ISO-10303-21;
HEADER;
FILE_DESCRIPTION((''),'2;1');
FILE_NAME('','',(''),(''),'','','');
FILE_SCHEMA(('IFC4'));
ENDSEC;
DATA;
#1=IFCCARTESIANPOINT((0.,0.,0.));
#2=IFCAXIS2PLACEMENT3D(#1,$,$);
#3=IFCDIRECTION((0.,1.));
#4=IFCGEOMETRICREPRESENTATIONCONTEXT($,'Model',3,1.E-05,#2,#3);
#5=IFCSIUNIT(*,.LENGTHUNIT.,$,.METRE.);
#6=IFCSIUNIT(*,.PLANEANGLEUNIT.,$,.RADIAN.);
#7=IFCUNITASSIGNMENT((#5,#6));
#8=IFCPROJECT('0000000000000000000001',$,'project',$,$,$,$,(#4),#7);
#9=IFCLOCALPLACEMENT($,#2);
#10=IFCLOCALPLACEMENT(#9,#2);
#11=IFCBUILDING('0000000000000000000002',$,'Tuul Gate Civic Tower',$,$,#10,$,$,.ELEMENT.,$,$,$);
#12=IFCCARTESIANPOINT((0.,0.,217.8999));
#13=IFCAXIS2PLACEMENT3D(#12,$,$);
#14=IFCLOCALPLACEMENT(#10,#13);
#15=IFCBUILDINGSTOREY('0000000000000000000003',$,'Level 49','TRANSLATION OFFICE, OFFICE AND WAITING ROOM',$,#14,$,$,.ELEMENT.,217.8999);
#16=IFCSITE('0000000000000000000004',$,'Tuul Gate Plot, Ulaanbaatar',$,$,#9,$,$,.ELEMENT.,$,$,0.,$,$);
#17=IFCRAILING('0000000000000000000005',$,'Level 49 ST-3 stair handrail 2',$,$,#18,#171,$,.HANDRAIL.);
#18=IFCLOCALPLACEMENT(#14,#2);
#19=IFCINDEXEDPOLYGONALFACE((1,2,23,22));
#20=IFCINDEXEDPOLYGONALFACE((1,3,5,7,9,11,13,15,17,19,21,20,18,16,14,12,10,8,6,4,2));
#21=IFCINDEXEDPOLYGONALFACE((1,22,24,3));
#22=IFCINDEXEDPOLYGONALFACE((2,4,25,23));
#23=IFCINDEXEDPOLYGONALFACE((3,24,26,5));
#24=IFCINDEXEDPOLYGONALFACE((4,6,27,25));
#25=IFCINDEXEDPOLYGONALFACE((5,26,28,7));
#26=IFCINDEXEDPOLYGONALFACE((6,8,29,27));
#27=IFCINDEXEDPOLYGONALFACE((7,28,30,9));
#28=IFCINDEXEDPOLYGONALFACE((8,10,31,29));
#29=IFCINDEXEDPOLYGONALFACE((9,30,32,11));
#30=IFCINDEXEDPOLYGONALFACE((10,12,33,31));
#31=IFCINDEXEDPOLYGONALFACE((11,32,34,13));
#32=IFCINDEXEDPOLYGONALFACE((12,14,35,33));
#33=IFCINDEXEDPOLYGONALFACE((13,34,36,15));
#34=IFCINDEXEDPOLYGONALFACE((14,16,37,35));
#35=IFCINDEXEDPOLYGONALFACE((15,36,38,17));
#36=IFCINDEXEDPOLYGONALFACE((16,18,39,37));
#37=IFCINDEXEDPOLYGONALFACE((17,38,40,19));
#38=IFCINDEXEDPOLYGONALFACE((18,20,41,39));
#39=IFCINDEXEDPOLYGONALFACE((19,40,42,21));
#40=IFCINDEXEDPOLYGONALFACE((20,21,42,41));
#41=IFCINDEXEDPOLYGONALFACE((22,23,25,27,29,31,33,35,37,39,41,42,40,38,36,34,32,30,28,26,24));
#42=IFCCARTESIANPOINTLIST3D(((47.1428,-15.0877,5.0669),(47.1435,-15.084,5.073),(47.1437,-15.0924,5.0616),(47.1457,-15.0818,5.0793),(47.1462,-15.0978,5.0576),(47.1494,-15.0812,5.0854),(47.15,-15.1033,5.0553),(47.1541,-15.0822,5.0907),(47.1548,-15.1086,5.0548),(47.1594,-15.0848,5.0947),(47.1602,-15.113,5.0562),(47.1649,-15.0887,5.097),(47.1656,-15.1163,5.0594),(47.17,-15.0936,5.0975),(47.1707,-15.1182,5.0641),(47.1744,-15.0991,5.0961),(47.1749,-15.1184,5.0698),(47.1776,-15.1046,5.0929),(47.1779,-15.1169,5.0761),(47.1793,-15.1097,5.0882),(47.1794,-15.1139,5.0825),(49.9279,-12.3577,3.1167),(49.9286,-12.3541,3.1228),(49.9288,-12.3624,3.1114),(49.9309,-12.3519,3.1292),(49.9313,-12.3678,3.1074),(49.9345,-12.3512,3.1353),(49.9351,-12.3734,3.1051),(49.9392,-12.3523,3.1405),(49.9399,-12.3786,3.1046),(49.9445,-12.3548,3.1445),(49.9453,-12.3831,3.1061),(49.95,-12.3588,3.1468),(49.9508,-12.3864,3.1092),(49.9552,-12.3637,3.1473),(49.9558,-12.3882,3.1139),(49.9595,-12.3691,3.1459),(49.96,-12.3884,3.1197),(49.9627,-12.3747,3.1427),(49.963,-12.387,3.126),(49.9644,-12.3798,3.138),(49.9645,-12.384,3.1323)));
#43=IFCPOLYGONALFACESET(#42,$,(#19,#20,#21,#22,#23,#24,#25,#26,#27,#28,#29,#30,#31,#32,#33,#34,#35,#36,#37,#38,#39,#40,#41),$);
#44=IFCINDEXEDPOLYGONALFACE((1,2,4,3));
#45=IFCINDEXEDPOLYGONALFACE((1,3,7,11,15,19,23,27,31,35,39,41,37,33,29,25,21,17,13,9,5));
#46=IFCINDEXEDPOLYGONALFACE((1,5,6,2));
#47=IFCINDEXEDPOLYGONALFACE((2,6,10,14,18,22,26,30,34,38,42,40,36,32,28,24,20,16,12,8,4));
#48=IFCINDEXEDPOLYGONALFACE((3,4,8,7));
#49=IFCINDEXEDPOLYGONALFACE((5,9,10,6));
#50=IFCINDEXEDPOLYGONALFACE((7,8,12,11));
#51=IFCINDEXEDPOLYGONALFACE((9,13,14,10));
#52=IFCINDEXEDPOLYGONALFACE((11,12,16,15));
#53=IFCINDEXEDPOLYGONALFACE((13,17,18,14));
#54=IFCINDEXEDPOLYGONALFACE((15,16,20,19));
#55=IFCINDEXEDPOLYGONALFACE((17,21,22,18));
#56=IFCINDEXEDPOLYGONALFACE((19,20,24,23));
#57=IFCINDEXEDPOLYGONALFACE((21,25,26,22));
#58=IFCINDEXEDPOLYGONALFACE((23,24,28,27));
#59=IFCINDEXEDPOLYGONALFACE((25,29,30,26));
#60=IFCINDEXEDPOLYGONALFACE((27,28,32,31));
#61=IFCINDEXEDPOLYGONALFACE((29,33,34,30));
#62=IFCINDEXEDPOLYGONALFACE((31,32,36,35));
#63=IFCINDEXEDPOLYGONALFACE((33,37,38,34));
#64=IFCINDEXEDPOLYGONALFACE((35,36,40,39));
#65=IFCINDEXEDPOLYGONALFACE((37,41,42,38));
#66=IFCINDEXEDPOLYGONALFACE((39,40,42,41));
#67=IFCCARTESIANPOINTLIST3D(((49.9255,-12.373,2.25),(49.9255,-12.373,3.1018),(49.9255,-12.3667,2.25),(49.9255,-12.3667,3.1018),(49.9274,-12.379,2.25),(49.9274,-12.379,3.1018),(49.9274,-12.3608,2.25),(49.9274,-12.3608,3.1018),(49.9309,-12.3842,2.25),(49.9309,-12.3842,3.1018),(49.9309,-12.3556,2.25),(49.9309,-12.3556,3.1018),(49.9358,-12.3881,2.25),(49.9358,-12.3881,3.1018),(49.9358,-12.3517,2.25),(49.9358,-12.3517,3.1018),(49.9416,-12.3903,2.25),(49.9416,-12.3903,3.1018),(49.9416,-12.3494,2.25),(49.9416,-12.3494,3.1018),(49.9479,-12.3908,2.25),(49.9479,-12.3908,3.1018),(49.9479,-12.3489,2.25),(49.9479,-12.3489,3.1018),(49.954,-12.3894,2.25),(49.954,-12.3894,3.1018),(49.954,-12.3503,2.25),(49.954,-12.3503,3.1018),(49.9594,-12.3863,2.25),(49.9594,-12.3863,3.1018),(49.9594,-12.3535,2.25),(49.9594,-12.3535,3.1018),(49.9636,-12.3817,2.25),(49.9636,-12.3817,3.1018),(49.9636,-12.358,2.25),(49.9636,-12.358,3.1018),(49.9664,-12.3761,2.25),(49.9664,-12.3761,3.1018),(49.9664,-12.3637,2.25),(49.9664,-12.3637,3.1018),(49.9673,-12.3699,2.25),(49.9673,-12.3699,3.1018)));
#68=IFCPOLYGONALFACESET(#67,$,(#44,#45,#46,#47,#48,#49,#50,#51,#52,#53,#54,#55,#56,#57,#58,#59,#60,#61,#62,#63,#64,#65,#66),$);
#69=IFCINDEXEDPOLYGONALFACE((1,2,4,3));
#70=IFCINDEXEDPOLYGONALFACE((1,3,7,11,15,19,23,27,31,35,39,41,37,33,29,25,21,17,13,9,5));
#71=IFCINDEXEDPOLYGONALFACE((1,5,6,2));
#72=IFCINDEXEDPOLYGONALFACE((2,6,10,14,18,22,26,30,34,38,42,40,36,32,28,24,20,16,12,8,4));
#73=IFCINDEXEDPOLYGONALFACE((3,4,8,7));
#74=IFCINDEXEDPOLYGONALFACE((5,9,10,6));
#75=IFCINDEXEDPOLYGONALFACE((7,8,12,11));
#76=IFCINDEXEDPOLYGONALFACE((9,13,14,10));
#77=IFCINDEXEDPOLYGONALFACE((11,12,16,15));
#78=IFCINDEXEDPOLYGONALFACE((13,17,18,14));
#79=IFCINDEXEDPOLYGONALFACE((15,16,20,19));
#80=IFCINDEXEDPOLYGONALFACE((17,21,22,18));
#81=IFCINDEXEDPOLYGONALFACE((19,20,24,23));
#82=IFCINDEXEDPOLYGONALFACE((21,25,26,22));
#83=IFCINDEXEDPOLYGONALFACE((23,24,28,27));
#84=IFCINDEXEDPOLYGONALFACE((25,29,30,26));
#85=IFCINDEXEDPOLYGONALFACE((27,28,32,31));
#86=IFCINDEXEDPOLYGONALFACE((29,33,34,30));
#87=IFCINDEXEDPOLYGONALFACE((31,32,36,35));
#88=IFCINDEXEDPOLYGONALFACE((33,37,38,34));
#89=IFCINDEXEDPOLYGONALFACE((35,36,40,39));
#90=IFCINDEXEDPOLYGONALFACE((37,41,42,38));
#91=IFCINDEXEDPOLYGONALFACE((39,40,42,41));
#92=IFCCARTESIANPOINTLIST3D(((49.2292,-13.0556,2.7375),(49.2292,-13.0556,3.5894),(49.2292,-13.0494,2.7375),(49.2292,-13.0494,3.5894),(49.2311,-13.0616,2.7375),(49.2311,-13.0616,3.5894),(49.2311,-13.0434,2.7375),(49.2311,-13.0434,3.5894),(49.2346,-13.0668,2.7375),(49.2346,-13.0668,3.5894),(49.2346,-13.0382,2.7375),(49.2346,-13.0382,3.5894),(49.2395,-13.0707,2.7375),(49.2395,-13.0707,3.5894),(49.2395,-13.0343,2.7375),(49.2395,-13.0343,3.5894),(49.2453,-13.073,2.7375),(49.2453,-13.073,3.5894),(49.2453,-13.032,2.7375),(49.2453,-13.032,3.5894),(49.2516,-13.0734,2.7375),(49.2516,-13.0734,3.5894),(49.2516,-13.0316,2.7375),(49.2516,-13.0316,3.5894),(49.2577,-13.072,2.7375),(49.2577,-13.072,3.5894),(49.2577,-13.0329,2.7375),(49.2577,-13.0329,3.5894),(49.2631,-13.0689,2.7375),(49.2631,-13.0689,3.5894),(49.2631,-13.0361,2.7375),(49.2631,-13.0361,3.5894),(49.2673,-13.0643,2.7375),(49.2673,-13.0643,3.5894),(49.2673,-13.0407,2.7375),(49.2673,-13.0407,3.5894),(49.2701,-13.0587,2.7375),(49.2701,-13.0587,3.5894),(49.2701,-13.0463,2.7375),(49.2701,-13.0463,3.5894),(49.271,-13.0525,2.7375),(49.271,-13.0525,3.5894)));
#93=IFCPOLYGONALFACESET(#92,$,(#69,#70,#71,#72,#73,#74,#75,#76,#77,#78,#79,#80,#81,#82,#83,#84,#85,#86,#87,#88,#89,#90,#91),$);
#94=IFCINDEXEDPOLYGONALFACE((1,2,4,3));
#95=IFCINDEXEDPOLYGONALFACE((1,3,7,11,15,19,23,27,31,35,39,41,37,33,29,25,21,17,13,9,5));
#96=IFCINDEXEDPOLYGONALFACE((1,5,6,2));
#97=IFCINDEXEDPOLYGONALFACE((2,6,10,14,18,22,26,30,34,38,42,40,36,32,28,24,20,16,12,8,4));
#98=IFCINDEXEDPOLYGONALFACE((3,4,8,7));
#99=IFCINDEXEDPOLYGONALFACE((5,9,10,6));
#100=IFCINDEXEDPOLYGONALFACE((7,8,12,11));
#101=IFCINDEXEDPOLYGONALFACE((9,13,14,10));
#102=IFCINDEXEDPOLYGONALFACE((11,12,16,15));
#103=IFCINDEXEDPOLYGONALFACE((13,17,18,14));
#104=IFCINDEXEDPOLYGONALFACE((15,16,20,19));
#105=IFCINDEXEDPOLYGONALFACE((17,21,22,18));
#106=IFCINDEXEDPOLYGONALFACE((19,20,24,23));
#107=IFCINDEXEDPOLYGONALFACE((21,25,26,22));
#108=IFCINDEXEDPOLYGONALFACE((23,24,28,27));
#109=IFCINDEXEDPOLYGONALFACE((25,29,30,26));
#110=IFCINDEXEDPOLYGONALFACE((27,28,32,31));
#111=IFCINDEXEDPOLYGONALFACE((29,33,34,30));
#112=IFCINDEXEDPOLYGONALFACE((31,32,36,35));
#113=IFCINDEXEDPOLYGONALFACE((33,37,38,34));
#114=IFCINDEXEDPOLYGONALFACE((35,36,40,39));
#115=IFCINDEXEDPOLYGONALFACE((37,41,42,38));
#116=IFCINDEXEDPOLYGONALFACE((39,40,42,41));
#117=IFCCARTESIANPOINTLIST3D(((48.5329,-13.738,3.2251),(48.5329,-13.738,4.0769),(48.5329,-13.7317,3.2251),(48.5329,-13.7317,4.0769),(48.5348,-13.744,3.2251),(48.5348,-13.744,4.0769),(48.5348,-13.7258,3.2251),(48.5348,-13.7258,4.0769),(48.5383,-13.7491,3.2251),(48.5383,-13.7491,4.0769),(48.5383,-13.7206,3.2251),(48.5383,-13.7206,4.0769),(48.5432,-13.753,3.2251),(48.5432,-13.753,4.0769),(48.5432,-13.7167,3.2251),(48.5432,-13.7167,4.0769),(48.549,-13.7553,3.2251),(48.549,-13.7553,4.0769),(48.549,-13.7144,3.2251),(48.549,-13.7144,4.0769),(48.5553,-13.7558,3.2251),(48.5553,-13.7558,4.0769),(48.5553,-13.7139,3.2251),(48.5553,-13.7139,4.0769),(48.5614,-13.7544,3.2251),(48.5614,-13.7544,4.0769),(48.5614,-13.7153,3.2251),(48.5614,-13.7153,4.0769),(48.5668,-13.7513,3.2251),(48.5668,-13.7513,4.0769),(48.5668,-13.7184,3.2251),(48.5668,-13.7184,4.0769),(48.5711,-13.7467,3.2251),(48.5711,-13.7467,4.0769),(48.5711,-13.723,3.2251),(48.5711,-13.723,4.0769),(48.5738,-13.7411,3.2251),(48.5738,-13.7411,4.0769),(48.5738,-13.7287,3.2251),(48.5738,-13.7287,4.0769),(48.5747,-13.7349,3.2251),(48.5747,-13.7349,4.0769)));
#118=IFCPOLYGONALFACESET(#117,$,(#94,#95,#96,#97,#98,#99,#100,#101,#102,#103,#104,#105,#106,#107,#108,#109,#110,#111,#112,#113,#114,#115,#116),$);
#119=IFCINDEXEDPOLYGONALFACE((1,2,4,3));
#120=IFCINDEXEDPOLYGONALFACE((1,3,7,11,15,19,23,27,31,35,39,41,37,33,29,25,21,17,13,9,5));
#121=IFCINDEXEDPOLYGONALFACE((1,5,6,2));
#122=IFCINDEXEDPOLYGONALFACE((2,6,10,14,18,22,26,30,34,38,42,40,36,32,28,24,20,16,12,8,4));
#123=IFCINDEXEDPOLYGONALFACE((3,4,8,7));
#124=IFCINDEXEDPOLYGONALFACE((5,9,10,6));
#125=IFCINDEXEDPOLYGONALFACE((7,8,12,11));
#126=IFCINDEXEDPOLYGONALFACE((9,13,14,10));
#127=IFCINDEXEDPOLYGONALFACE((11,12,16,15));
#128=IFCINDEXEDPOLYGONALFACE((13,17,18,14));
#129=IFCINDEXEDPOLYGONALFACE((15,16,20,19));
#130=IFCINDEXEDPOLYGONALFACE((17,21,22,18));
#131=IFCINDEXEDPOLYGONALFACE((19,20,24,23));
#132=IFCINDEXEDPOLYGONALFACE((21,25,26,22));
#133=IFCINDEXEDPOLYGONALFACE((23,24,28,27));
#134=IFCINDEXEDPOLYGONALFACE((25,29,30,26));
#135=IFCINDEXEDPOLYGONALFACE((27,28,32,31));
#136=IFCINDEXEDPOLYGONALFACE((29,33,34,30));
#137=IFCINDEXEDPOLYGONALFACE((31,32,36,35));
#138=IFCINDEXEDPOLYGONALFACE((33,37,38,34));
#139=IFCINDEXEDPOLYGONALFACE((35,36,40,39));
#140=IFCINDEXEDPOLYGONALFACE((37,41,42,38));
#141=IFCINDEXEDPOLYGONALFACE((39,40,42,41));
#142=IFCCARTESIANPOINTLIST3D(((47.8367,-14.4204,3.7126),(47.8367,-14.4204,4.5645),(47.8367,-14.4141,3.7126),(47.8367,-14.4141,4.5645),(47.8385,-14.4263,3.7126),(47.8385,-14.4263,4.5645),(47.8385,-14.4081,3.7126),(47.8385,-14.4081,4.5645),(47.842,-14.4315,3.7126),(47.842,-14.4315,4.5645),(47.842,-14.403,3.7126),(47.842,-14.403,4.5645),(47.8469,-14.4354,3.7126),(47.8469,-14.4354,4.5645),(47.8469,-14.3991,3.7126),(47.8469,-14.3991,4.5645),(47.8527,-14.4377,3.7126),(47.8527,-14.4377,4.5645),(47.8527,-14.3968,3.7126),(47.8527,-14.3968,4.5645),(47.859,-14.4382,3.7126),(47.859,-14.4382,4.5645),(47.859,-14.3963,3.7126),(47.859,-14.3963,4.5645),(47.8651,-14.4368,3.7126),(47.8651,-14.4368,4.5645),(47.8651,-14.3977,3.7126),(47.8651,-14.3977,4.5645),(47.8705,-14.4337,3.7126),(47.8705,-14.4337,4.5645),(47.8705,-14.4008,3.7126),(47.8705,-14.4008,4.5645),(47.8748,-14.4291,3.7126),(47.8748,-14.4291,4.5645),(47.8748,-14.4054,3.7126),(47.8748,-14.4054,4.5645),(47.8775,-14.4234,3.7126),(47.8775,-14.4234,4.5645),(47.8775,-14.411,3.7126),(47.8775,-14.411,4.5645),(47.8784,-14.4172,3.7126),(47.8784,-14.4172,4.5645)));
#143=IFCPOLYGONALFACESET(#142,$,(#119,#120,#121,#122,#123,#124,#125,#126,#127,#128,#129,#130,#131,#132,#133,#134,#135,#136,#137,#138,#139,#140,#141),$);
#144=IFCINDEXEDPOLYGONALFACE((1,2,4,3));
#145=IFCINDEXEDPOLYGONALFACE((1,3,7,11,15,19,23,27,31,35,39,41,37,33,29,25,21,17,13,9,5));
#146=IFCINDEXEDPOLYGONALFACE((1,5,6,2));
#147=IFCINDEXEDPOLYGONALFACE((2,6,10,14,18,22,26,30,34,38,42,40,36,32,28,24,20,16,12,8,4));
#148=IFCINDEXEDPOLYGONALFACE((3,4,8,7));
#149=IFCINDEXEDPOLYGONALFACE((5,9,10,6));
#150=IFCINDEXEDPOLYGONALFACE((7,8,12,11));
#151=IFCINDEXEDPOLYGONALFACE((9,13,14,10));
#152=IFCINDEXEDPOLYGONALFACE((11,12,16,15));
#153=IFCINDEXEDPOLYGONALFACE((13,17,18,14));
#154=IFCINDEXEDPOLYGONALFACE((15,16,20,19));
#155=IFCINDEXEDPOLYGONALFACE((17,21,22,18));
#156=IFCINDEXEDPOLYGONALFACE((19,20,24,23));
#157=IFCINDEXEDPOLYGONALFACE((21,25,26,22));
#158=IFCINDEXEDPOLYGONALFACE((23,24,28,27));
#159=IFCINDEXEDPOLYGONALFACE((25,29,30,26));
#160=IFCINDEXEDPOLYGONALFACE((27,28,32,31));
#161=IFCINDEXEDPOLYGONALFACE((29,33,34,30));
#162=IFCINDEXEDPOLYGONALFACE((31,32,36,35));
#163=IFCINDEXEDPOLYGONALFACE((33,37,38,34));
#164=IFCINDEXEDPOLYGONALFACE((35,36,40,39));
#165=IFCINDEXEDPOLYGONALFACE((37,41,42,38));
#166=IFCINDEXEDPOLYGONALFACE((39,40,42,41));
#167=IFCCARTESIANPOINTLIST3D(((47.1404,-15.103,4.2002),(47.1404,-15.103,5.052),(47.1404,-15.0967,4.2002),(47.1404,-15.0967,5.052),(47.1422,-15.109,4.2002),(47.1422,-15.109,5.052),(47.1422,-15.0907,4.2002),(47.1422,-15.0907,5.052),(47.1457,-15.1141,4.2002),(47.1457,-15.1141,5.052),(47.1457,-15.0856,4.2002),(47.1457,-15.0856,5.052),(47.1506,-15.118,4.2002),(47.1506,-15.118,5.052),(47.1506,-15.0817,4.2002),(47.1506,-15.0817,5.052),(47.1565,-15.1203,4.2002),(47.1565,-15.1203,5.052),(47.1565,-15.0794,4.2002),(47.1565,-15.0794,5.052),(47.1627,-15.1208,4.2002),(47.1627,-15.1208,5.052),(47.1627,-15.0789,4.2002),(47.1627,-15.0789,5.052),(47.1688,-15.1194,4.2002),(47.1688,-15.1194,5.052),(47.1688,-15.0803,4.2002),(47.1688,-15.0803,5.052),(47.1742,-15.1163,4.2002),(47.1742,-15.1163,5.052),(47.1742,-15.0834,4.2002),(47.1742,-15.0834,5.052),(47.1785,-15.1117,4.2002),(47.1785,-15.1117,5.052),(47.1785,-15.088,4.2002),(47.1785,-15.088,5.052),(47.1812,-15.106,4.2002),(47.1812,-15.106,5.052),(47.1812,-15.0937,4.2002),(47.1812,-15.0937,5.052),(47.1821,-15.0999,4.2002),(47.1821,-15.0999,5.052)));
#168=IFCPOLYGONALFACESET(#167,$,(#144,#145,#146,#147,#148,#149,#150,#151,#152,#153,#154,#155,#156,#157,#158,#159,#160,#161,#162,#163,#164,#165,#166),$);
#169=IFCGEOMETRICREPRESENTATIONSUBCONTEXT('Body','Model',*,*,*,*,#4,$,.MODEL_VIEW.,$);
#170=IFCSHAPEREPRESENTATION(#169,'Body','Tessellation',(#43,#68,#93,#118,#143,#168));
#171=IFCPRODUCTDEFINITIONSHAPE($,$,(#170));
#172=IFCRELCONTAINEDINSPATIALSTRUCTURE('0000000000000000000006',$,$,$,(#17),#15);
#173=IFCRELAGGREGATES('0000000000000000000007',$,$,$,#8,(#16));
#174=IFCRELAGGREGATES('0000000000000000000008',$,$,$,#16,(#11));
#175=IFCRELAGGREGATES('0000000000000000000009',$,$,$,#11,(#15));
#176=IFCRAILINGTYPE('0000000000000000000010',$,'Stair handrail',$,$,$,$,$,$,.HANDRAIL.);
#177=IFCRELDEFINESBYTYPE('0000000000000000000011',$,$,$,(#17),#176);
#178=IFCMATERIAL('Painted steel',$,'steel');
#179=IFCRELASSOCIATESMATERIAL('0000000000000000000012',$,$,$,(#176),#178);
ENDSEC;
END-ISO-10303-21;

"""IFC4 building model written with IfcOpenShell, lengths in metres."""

from ifc_helpers import new_model, si_unit, direction, frame, origin, origin_2d, place, context, subcontext, project, spatial, circle, extrude, material, type_object, element, save


model = new_model("IFC4")

# Units and contexts
model_context = context("Model", 3, precision=1e-05, world=origin(), true_north=direction((0.0, 1.0)))
body_context = subcontext(model_context, "Body", "Model", "MODEL_VIEW")
ifc_project = project(units=[si_unit("LENGTHUNIT", "METRE"), si_unit("PLANEANGLEUNIT", "RADIAN")], contexts=[model_context])

# Site, building, storey
site_placement = place(None, origin())
site = spatial("IfcSite", under=ifc_project, at=site_placement, Name="Tuul Gate Plot, Ulaanbaatar", CompositionType="ELEMENT", RefElevation=0.0)
building_placement = place(site_placement, origin())
building = spatial("IfcBuilding", under=site, at=building_placement, Name="Tuul Gate Civic Tower", CompositionType="ELEMENT")
storey_placement = place(building_placement, frame((0.0, 0.0, 217.8999)))
storey = spatial("IfcBuildingStorey", under=building, at=storey_placement, Name="Level 49", Description="TRANSLATION OFFICE, OFFICE AND WAITING ROOM", CompositionType="ELEMENT", Elevation=217.8999)

# Railing
ifc_material_1 = material(Name="Painted steel", Category="steel")
railing_type = type_object("IfcRailingType", Name="Stair handrail", PredefinedType="HANDRAIL", material=ifc_material_1)
railing_placement = place(storey_placement, frame((49.9463, -12.3699, 2.25)))
element("IfcRailing", 1, at=railing_placement, inside=storey, type_object=railing_type, Name="Level 49 ST-3 stair handrail 2", PredefinedType="HANDRAIL", context=body_context, shape_type="SweptSolid", body=[
    extrude(circle(Radius=0.0239, at=origin_2d()), frame((0.0, 0.0, 0.876), z_axis=(-0.638738, -0.626084, 0.447251), x_axis=(0.699998, -0.714145, 0.0)), (0.0, 0.0, 1.0), 4.3604),
    extrude(circle(Radius=0.021, at=origin_2d()), origin(), (0.0, 0.0, 1.0), 0.8518),
    extrude(circle(Radius=0.021, at=origin_2d()), frame((-0.6963, -0.6826, 0.4875)), (0.0, 0.0, 1.0), 0.8518),
    extrude(circle(Radius=0.021, at=origin_2d()), frame((-1.3926, -1.365, 0.9751)), (0.0, 0.0, 1.0), 0.8518),
    extrude(circle(Radius=0.021, at=origin_2d()), frame((-2.0889, -2.0474, 1.4626)), (0.0, 0.0, 1.0), 0.8518),
    extrude(circle(Radius=0.021, at=origin_2d()), frame((-2.7852, -2.73, 1.9502)), (0.0, 0.0, 1.0), 0.8518),
])

save(model, "model.ifc")
